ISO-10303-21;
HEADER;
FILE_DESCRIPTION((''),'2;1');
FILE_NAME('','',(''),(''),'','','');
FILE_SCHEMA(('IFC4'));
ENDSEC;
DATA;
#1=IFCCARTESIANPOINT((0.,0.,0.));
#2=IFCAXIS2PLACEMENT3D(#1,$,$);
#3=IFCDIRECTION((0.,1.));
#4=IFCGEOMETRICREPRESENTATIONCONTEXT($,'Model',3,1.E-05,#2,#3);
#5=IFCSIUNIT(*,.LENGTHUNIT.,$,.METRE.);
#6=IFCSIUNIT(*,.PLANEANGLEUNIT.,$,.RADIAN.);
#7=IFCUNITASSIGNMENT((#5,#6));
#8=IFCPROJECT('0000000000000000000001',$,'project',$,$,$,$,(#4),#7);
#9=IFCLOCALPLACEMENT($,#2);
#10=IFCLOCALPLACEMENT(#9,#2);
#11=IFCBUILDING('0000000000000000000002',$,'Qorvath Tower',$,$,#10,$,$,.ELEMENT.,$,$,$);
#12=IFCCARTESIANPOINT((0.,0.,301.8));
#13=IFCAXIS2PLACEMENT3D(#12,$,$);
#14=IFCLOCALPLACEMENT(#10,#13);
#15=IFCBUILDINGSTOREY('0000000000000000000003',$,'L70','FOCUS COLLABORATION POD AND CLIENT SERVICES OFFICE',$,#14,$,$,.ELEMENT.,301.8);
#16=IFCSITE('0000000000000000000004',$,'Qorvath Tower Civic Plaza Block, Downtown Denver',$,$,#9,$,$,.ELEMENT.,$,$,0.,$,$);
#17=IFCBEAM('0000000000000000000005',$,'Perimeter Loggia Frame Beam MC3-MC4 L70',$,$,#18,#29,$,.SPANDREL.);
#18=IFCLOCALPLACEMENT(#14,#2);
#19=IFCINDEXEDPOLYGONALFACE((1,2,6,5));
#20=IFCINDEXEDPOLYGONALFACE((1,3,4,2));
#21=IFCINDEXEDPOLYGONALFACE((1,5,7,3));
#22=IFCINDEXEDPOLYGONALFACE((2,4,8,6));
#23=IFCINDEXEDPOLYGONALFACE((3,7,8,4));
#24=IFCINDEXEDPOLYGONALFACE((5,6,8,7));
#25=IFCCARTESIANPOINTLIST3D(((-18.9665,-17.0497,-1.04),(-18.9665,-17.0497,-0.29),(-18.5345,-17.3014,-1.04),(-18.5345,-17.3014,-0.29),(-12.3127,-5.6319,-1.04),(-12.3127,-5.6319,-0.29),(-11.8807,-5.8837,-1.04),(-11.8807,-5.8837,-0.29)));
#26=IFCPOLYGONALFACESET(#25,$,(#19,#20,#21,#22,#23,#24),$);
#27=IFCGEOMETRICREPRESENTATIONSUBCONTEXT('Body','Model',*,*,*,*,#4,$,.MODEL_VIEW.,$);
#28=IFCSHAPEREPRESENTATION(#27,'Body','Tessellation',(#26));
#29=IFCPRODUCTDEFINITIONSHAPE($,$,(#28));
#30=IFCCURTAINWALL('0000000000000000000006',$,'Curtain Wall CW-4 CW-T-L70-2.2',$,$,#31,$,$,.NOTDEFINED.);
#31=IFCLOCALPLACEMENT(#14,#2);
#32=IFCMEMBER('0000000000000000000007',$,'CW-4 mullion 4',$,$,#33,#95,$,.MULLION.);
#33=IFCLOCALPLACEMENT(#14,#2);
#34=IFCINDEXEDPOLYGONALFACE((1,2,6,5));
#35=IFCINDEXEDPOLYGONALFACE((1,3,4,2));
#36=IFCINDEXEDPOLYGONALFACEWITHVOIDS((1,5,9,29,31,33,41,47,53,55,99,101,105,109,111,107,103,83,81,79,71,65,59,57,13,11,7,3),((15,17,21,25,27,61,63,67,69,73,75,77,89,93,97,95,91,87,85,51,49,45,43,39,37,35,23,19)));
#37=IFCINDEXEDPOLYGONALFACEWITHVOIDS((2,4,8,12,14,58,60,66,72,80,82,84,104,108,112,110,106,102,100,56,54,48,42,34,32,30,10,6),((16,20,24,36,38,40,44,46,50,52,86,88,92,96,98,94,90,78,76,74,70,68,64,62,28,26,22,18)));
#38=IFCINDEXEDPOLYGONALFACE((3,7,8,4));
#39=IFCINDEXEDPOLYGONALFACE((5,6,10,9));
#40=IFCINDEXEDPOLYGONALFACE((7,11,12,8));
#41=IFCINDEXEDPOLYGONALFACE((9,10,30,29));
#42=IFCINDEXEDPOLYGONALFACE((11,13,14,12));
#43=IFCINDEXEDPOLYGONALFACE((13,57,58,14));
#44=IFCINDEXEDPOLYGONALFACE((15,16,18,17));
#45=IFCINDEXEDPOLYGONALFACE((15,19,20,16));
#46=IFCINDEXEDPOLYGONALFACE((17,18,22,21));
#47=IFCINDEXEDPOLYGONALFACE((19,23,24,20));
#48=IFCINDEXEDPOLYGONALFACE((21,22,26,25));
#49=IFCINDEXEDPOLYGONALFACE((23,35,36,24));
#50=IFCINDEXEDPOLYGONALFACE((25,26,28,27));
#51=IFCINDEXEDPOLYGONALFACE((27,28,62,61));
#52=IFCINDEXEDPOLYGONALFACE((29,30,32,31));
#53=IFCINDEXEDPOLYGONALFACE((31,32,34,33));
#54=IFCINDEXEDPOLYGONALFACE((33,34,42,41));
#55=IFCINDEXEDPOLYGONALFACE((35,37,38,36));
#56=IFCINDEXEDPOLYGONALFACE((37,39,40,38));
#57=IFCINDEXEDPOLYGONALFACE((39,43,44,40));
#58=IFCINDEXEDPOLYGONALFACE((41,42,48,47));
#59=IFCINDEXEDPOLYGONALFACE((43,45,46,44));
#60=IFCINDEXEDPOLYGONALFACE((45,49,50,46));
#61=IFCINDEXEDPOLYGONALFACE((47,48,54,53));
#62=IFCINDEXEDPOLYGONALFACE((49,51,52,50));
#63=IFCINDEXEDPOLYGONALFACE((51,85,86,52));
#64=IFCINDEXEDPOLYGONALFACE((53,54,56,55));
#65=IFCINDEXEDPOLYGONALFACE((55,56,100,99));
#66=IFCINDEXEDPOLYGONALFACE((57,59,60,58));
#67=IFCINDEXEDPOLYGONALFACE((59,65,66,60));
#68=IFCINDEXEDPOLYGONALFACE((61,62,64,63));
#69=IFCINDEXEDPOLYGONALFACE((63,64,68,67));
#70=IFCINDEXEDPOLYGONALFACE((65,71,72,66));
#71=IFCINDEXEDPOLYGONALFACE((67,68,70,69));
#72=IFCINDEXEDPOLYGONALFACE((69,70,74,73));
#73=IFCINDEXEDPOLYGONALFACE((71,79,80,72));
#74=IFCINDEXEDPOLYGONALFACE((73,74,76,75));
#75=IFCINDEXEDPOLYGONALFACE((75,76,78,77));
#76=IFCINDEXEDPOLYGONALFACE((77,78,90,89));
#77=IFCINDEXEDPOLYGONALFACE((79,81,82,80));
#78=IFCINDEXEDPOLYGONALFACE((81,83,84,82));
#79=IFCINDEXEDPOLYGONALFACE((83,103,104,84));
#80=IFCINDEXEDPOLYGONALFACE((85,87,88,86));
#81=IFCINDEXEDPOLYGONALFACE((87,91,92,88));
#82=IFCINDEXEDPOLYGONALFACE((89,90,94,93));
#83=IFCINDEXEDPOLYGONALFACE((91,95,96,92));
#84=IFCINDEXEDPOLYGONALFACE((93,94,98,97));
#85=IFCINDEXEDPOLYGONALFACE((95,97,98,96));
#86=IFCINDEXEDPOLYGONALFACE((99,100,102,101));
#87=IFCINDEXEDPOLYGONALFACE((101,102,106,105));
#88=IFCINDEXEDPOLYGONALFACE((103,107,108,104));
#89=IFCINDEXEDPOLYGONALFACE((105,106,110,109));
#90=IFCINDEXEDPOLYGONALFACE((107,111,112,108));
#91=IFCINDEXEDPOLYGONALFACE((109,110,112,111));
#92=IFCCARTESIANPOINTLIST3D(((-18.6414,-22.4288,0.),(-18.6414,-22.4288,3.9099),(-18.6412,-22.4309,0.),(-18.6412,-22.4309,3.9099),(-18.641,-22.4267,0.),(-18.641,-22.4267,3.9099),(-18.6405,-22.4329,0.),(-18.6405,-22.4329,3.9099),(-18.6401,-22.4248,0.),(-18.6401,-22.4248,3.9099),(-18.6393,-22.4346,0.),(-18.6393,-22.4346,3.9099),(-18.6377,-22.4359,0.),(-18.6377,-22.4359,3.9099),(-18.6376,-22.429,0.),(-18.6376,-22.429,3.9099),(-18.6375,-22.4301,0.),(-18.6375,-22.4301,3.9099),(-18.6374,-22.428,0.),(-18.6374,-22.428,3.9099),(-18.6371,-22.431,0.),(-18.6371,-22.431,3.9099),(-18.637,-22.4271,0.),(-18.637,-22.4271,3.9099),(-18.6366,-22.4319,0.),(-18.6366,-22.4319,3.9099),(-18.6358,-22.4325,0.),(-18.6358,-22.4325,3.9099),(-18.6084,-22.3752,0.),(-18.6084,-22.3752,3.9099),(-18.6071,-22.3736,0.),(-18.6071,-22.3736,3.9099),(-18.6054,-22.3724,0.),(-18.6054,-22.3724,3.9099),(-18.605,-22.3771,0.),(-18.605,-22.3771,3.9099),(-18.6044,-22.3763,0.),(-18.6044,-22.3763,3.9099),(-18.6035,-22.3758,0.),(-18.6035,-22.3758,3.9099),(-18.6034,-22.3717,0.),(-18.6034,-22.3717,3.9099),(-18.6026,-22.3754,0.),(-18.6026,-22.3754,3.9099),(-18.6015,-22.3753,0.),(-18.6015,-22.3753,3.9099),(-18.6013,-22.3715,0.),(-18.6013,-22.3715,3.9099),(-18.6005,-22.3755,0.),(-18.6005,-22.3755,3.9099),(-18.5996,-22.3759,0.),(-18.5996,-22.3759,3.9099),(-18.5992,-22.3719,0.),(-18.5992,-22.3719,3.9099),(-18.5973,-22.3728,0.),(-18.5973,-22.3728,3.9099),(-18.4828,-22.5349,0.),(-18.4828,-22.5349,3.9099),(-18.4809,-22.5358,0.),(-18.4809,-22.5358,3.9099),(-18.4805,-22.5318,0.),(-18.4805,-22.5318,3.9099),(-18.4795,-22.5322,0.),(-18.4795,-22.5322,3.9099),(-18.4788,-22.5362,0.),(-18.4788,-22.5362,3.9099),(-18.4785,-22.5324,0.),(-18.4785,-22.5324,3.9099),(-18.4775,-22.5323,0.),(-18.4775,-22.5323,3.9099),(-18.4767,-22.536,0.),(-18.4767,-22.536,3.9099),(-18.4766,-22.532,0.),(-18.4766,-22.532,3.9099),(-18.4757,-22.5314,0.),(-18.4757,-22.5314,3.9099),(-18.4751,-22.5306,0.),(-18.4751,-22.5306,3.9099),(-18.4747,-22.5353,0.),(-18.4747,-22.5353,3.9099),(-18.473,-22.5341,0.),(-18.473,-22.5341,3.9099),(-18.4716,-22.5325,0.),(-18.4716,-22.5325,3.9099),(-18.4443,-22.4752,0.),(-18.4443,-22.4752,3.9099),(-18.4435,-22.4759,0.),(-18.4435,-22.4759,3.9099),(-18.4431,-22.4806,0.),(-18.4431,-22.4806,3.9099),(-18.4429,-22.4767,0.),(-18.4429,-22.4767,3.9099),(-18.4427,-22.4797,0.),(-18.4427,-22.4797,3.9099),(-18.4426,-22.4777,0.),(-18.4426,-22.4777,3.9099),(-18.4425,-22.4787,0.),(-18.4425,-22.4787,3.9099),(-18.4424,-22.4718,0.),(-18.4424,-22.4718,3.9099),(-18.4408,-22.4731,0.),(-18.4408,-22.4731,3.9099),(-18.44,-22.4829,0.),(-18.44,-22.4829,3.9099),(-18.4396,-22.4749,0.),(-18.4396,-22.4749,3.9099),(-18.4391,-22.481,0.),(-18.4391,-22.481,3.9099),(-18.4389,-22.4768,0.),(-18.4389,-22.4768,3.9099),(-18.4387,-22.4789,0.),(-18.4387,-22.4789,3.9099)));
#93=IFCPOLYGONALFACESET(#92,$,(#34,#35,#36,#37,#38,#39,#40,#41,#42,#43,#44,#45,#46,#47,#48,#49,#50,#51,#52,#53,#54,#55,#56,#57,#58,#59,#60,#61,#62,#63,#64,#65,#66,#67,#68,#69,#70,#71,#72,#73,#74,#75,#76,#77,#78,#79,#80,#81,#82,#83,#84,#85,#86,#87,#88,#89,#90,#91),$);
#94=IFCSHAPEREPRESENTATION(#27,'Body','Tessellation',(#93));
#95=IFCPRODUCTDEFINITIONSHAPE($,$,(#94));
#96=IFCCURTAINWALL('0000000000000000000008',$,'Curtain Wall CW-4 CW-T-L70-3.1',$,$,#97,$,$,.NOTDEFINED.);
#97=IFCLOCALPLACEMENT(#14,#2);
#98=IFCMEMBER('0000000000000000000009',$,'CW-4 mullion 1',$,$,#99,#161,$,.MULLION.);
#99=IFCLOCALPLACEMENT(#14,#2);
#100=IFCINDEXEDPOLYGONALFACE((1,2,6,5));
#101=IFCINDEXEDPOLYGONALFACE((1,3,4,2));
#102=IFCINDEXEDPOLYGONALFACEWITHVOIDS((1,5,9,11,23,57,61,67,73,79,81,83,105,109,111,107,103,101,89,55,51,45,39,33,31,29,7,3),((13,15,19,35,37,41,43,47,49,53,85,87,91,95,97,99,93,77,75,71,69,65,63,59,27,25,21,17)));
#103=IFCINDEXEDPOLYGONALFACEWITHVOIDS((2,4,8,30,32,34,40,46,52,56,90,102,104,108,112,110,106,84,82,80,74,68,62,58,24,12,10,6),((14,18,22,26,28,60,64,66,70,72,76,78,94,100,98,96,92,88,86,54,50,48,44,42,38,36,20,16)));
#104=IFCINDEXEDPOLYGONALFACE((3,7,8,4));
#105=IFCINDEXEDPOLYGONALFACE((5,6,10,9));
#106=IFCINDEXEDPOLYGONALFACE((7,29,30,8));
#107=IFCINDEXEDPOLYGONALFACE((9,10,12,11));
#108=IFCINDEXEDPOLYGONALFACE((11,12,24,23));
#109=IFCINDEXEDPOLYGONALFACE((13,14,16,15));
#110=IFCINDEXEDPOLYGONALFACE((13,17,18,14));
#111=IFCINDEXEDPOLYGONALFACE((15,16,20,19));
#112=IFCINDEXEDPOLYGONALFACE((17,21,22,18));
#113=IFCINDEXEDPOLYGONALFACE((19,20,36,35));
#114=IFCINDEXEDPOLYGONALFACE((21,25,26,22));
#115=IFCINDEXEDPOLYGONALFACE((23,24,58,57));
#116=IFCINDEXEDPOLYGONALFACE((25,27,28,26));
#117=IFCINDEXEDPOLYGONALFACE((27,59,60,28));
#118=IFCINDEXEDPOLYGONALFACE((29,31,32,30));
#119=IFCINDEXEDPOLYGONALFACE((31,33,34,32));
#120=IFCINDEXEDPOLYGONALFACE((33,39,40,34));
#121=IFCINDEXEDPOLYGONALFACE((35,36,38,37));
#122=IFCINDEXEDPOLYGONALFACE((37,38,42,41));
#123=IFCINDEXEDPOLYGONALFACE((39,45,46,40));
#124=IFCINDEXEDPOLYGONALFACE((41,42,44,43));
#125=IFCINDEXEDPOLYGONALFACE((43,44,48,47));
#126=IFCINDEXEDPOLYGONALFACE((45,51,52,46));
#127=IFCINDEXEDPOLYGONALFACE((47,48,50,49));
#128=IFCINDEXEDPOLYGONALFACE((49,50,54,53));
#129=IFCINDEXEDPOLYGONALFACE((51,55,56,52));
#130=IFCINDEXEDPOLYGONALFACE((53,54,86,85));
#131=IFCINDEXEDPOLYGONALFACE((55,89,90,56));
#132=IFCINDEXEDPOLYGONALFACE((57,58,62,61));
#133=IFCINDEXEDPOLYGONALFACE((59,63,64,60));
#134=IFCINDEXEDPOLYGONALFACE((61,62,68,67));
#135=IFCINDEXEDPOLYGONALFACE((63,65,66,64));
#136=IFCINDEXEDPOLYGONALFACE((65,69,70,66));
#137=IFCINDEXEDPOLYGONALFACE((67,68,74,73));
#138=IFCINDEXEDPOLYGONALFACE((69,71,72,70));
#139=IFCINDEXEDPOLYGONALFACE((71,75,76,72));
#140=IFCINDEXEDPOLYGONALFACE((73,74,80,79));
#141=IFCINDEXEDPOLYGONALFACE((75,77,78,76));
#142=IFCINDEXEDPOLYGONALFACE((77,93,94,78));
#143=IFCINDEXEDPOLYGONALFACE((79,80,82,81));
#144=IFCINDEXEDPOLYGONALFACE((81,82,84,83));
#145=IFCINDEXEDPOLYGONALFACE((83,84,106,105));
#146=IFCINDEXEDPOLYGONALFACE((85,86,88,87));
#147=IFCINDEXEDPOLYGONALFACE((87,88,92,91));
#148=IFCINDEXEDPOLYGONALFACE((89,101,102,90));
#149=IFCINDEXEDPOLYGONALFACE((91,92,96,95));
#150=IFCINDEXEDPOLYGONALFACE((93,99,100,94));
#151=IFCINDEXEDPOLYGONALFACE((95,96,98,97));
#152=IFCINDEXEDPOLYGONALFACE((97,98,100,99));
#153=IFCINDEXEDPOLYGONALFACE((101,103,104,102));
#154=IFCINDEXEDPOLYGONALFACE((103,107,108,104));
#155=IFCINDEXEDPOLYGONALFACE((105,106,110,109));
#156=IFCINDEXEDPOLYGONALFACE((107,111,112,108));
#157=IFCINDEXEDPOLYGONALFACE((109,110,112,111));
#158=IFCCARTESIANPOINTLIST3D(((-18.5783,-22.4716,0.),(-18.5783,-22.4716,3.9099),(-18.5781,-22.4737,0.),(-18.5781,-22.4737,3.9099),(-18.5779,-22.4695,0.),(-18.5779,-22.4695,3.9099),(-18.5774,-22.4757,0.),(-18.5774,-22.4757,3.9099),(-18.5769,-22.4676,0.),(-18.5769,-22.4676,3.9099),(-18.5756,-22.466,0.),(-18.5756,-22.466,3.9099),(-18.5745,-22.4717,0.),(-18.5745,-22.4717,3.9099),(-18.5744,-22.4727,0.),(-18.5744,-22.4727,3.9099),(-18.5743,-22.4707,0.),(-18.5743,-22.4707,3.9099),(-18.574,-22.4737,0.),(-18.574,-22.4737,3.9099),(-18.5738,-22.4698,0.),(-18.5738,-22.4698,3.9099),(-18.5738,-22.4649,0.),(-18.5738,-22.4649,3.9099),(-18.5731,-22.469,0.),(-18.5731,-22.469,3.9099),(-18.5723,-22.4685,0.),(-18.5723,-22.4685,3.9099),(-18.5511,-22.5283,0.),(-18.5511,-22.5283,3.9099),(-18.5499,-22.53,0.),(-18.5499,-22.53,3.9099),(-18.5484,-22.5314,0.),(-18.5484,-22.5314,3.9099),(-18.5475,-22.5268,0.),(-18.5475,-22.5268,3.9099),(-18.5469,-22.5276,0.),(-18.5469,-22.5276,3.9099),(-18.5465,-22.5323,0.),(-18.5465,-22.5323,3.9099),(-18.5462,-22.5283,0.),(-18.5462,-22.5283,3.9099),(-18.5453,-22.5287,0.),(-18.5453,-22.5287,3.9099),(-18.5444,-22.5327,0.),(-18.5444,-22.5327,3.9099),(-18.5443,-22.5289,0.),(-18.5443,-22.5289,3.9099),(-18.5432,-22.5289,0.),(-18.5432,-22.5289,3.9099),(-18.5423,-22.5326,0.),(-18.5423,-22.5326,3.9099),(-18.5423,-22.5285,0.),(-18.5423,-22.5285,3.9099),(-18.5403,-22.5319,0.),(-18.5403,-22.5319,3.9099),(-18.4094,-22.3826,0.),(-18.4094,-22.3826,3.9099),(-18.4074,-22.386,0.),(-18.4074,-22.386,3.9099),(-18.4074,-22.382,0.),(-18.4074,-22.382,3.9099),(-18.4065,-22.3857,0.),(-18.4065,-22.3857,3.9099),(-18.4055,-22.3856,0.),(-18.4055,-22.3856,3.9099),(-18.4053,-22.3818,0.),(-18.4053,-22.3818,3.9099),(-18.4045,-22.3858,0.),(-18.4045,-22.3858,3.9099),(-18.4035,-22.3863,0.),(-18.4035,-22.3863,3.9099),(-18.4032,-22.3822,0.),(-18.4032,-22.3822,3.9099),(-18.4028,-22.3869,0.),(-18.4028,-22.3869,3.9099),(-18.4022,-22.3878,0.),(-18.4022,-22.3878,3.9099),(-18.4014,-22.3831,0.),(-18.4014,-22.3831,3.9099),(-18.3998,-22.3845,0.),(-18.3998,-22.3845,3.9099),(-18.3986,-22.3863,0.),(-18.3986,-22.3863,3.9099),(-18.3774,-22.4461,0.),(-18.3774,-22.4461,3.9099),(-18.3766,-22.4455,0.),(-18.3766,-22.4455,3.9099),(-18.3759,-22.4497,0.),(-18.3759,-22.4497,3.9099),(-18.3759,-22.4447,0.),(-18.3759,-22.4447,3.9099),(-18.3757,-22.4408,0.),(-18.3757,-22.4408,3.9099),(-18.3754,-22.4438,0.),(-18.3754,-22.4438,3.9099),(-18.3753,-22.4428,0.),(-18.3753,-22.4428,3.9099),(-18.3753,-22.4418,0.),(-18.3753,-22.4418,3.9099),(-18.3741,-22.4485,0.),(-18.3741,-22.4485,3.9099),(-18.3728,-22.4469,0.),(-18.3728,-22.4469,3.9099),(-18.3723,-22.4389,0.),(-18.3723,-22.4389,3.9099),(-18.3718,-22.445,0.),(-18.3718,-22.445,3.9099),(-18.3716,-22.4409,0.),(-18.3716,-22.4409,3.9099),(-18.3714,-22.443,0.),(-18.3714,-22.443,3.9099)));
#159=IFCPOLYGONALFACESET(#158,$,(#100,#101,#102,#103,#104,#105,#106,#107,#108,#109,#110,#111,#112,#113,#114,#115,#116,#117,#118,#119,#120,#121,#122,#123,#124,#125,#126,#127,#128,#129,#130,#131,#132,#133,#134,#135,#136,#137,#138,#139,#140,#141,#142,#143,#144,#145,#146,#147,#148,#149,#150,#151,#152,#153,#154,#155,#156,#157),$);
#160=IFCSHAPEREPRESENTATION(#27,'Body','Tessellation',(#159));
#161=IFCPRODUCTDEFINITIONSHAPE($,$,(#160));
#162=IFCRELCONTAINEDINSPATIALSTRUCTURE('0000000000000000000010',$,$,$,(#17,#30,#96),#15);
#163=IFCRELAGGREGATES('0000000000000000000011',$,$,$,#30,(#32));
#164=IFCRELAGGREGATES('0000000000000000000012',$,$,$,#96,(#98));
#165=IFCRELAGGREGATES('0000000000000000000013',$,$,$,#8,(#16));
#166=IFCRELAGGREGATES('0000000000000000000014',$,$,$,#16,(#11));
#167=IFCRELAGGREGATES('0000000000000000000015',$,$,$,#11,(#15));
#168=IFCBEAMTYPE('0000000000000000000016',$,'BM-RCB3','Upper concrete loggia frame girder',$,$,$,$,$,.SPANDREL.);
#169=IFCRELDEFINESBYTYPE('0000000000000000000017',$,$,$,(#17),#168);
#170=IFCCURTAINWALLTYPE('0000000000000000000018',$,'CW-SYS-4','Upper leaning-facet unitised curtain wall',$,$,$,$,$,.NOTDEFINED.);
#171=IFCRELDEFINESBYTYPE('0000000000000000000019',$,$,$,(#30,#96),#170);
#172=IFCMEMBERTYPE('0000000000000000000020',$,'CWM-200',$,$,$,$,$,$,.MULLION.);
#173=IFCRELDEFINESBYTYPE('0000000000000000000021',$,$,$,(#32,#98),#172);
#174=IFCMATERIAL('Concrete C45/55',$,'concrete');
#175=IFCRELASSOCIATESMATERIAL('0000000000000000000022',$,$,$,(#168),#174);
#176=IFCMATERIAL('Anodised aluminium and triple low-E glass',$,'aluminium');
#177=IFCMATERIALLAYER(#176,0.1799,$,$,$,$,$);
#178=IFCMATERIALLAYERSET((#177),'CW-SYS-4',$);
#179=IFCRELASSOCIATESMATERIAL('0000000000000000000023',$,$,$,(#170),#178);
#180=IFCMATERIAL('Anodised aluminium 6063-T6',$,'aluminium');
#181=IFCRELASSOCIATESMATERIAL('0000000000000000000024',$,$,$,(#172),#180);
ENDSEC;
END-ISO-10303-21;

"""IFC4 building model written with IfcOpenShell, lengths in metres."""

from ifc_helpers import new_model, si_unit, direction, frame, origin, origin_2d, place, context, subcontext, project, spatial, rectangle, hollow_rectangle, extrude, material, layer, layer_set, material_profile, profile_set, type_object, element, aggregate, save


model = new_model("IFC4")

# Units and contexts
model_context = context("Model", 3, precision=1e-05, world=origin(), true_north=direction((0.0, 1.0)))
body_context = subcontext(model_context, "Body", "Model", "MODEL_VIEW")
ifc_project = project(units=[si_unit("LENGTHUNIT", "METRE"), si_unit("PLANEANGLEUNIT", "RADIAN")], contexts=[model_context])

# Site, building, storey
site_placement = place(None, origin())
site = spatial("IfcSite", under=ifc_project, at=site_placement, Name="Qorvath Tower Civic Plaza Block, Downtown Denver", CompositionType="ELEMENT", RefElevation=0.0)
building_placement = place(site_placement, origin())
building = spatial("IfcBuilding", under=site, at=building_placement, Name="Qorvath Tower", CompositionType="ELEMENT")
storey_placement = place(building_placement, frame((0.0, 0.0, 301.8)))
storey = spatial("IfcBuildingStorey", under=building, at=storey_placement, Name="L70", Description="FOCUS COLLABORATION POD AND CLIENT SERVICES OFFICE", CompositionType="ELEMENT", Elevation=301.8)

# Beam
ifc_material_1 = material(Name="Concrete C45/55", Category="concrete")
ifc_material_profile_1 = material_profile(ifc_material_1, rectangle(XDim=0.5, YDim=0.75, at=origin_2d()), Name="RCB 750x500")
ifc_profile_set_1 = profile_set([ifc_material_profile_1], Name="Concrete C45/55")
beam_type_1 = type_object("IfcBeamType", Name="BM-RCB3", Description="Upper concrete loggia frame girder", PredefinedType="SPANDREL", material=ifc_profile_set_1)
beam_1_placement = place(storey_placement, frame((-18.7505, -17.1755, -0.665), z_axis=(0.503502, 0.863994, 0.0), x_axis=(-0.863994, 0.503502, 0.0)))
element("IfcBeam", 1, at=beam_1_placement, inside=storey, type_object=beam_type_1, Name="Perimeter Loggia Frame Beam MC3-MC4 L70", PredefinedType="SPANDREL", context=body_context, shape_type="SweptSolid", body=[
    extrude(rectangle(XDim=0.5, YDim=0.75, at=origin_2d()), origin(), (0.0, 0.0, 1.0), 13.2151),
])

# Curtain wall, member
ifc_material_2 = material(Name="Anodised aluminium and triple low-E glass", Category="aluminium")
ifc_layer_1 = layer(ifc_material_2, 0.1799)
ifc_layer_set_1 = layer_set([ifc_layer_1], Name="CW-SYS-4")
curtain_wall_type = type_object("IfcCurtainWallType", Name="CW-SYS-4", Description="Upper leaning-facet unitised curtain wall", PredefinedType="NOTDEFINED", material=ifc_layer_set_1)
curtain_wall_1_placement = place(storey_placement, origin())
curtain_wall_1 = element("IfcCurtainWall", 2, at=curtain_wall_1_placement, inside=storey, type_object=curtain_wall_type, Name="Curtain Wall CW-4 CW-T-L70-2.2", PredefinedType="NOTDEFINED")
ifc_material_3 = material(Name="Anodised aluminium 6063-T6", Category="aluminium")
ifc_material_profile_2 = material_profile(ifc_material_3, hollow_rectangle(XDim=0.075, YDim=0.2, WallThickness=0.0039, InnerFilletRadius=0.0039, OuterFilletRadius=0.0081, at=origin_2d()), Name="CWM 200x75")
ifc_profile_set_2 = profile_set([ifc_material_profile_2], Name="Anodised aluminium 6063-T6")
member_type_1 = type_object("IfcMemberType", Name="CWM-200", PredefinedType="MULLION", material=ifc_profile_set_2)
member_1_placement = place(storey_placement, frame((-18.54, -22.4539, 0.0), z_axis=(0.0, 0.0, 1.0), x_axis=(0.538535, 0.842603, 0.0)))
member_1 = element("IfcMember", 3, at=member_1_placement, type_object=member_type_1, Name="CW-4 mullion 4", PredefinedType="MULLION", context=body_context, shape_type="SweptSolid", body=[
    extrude(hollow_rectangle(XDim=0.075, YDim=0.2, WallThickness=0.0039, InnerFilletRadius=0.0039, OuterFilletRadius=0.0081, at=origin_2d()), origin(), (0.0, 0.0, 1.0), 3.9099),
])

# Curtain wall, member
curtain_wall_2_placement = place(storey_placement, origin())
curtain_wall_2 = element("IfcCurtainWall", 4, at=curtain_wall_2_placement, inside=storey, type_object=curtain_wall_type, Name="Curtain Wall CW-4 CW-T-L70-3.1", PredefinedType="NOTDEFINED")
member_2_placement = place(storey_placement, frame((-18.4749, -22.4573, 0.0), z_axis=(0.0, 0.0, 1.0), x_axis=(-0.447214, 0.894427, 0.0)))
member_2 = element("IfcMember", 5, at=member_2_placement, type_object=member_type_1, Name="CW-4 mullion 1", PredefinedType="MULLION", context=body_context, shape_type="SweptSolid", body=[
    extrude(hollow_rectangle(XDim=0.075, YDim=0.2, WallThickness=0.0039, InnerFilletRadius=0.0039, OuterFilletRadius=0.0081, at=origin_2d()), origin(), (0.0, 0.0, 1.0), 3.9099),
])

aggregate(curtain_wall_1, [member_1])
aggregate(curtain_wall_2, [member_2])

save(model, "model.ifc")
